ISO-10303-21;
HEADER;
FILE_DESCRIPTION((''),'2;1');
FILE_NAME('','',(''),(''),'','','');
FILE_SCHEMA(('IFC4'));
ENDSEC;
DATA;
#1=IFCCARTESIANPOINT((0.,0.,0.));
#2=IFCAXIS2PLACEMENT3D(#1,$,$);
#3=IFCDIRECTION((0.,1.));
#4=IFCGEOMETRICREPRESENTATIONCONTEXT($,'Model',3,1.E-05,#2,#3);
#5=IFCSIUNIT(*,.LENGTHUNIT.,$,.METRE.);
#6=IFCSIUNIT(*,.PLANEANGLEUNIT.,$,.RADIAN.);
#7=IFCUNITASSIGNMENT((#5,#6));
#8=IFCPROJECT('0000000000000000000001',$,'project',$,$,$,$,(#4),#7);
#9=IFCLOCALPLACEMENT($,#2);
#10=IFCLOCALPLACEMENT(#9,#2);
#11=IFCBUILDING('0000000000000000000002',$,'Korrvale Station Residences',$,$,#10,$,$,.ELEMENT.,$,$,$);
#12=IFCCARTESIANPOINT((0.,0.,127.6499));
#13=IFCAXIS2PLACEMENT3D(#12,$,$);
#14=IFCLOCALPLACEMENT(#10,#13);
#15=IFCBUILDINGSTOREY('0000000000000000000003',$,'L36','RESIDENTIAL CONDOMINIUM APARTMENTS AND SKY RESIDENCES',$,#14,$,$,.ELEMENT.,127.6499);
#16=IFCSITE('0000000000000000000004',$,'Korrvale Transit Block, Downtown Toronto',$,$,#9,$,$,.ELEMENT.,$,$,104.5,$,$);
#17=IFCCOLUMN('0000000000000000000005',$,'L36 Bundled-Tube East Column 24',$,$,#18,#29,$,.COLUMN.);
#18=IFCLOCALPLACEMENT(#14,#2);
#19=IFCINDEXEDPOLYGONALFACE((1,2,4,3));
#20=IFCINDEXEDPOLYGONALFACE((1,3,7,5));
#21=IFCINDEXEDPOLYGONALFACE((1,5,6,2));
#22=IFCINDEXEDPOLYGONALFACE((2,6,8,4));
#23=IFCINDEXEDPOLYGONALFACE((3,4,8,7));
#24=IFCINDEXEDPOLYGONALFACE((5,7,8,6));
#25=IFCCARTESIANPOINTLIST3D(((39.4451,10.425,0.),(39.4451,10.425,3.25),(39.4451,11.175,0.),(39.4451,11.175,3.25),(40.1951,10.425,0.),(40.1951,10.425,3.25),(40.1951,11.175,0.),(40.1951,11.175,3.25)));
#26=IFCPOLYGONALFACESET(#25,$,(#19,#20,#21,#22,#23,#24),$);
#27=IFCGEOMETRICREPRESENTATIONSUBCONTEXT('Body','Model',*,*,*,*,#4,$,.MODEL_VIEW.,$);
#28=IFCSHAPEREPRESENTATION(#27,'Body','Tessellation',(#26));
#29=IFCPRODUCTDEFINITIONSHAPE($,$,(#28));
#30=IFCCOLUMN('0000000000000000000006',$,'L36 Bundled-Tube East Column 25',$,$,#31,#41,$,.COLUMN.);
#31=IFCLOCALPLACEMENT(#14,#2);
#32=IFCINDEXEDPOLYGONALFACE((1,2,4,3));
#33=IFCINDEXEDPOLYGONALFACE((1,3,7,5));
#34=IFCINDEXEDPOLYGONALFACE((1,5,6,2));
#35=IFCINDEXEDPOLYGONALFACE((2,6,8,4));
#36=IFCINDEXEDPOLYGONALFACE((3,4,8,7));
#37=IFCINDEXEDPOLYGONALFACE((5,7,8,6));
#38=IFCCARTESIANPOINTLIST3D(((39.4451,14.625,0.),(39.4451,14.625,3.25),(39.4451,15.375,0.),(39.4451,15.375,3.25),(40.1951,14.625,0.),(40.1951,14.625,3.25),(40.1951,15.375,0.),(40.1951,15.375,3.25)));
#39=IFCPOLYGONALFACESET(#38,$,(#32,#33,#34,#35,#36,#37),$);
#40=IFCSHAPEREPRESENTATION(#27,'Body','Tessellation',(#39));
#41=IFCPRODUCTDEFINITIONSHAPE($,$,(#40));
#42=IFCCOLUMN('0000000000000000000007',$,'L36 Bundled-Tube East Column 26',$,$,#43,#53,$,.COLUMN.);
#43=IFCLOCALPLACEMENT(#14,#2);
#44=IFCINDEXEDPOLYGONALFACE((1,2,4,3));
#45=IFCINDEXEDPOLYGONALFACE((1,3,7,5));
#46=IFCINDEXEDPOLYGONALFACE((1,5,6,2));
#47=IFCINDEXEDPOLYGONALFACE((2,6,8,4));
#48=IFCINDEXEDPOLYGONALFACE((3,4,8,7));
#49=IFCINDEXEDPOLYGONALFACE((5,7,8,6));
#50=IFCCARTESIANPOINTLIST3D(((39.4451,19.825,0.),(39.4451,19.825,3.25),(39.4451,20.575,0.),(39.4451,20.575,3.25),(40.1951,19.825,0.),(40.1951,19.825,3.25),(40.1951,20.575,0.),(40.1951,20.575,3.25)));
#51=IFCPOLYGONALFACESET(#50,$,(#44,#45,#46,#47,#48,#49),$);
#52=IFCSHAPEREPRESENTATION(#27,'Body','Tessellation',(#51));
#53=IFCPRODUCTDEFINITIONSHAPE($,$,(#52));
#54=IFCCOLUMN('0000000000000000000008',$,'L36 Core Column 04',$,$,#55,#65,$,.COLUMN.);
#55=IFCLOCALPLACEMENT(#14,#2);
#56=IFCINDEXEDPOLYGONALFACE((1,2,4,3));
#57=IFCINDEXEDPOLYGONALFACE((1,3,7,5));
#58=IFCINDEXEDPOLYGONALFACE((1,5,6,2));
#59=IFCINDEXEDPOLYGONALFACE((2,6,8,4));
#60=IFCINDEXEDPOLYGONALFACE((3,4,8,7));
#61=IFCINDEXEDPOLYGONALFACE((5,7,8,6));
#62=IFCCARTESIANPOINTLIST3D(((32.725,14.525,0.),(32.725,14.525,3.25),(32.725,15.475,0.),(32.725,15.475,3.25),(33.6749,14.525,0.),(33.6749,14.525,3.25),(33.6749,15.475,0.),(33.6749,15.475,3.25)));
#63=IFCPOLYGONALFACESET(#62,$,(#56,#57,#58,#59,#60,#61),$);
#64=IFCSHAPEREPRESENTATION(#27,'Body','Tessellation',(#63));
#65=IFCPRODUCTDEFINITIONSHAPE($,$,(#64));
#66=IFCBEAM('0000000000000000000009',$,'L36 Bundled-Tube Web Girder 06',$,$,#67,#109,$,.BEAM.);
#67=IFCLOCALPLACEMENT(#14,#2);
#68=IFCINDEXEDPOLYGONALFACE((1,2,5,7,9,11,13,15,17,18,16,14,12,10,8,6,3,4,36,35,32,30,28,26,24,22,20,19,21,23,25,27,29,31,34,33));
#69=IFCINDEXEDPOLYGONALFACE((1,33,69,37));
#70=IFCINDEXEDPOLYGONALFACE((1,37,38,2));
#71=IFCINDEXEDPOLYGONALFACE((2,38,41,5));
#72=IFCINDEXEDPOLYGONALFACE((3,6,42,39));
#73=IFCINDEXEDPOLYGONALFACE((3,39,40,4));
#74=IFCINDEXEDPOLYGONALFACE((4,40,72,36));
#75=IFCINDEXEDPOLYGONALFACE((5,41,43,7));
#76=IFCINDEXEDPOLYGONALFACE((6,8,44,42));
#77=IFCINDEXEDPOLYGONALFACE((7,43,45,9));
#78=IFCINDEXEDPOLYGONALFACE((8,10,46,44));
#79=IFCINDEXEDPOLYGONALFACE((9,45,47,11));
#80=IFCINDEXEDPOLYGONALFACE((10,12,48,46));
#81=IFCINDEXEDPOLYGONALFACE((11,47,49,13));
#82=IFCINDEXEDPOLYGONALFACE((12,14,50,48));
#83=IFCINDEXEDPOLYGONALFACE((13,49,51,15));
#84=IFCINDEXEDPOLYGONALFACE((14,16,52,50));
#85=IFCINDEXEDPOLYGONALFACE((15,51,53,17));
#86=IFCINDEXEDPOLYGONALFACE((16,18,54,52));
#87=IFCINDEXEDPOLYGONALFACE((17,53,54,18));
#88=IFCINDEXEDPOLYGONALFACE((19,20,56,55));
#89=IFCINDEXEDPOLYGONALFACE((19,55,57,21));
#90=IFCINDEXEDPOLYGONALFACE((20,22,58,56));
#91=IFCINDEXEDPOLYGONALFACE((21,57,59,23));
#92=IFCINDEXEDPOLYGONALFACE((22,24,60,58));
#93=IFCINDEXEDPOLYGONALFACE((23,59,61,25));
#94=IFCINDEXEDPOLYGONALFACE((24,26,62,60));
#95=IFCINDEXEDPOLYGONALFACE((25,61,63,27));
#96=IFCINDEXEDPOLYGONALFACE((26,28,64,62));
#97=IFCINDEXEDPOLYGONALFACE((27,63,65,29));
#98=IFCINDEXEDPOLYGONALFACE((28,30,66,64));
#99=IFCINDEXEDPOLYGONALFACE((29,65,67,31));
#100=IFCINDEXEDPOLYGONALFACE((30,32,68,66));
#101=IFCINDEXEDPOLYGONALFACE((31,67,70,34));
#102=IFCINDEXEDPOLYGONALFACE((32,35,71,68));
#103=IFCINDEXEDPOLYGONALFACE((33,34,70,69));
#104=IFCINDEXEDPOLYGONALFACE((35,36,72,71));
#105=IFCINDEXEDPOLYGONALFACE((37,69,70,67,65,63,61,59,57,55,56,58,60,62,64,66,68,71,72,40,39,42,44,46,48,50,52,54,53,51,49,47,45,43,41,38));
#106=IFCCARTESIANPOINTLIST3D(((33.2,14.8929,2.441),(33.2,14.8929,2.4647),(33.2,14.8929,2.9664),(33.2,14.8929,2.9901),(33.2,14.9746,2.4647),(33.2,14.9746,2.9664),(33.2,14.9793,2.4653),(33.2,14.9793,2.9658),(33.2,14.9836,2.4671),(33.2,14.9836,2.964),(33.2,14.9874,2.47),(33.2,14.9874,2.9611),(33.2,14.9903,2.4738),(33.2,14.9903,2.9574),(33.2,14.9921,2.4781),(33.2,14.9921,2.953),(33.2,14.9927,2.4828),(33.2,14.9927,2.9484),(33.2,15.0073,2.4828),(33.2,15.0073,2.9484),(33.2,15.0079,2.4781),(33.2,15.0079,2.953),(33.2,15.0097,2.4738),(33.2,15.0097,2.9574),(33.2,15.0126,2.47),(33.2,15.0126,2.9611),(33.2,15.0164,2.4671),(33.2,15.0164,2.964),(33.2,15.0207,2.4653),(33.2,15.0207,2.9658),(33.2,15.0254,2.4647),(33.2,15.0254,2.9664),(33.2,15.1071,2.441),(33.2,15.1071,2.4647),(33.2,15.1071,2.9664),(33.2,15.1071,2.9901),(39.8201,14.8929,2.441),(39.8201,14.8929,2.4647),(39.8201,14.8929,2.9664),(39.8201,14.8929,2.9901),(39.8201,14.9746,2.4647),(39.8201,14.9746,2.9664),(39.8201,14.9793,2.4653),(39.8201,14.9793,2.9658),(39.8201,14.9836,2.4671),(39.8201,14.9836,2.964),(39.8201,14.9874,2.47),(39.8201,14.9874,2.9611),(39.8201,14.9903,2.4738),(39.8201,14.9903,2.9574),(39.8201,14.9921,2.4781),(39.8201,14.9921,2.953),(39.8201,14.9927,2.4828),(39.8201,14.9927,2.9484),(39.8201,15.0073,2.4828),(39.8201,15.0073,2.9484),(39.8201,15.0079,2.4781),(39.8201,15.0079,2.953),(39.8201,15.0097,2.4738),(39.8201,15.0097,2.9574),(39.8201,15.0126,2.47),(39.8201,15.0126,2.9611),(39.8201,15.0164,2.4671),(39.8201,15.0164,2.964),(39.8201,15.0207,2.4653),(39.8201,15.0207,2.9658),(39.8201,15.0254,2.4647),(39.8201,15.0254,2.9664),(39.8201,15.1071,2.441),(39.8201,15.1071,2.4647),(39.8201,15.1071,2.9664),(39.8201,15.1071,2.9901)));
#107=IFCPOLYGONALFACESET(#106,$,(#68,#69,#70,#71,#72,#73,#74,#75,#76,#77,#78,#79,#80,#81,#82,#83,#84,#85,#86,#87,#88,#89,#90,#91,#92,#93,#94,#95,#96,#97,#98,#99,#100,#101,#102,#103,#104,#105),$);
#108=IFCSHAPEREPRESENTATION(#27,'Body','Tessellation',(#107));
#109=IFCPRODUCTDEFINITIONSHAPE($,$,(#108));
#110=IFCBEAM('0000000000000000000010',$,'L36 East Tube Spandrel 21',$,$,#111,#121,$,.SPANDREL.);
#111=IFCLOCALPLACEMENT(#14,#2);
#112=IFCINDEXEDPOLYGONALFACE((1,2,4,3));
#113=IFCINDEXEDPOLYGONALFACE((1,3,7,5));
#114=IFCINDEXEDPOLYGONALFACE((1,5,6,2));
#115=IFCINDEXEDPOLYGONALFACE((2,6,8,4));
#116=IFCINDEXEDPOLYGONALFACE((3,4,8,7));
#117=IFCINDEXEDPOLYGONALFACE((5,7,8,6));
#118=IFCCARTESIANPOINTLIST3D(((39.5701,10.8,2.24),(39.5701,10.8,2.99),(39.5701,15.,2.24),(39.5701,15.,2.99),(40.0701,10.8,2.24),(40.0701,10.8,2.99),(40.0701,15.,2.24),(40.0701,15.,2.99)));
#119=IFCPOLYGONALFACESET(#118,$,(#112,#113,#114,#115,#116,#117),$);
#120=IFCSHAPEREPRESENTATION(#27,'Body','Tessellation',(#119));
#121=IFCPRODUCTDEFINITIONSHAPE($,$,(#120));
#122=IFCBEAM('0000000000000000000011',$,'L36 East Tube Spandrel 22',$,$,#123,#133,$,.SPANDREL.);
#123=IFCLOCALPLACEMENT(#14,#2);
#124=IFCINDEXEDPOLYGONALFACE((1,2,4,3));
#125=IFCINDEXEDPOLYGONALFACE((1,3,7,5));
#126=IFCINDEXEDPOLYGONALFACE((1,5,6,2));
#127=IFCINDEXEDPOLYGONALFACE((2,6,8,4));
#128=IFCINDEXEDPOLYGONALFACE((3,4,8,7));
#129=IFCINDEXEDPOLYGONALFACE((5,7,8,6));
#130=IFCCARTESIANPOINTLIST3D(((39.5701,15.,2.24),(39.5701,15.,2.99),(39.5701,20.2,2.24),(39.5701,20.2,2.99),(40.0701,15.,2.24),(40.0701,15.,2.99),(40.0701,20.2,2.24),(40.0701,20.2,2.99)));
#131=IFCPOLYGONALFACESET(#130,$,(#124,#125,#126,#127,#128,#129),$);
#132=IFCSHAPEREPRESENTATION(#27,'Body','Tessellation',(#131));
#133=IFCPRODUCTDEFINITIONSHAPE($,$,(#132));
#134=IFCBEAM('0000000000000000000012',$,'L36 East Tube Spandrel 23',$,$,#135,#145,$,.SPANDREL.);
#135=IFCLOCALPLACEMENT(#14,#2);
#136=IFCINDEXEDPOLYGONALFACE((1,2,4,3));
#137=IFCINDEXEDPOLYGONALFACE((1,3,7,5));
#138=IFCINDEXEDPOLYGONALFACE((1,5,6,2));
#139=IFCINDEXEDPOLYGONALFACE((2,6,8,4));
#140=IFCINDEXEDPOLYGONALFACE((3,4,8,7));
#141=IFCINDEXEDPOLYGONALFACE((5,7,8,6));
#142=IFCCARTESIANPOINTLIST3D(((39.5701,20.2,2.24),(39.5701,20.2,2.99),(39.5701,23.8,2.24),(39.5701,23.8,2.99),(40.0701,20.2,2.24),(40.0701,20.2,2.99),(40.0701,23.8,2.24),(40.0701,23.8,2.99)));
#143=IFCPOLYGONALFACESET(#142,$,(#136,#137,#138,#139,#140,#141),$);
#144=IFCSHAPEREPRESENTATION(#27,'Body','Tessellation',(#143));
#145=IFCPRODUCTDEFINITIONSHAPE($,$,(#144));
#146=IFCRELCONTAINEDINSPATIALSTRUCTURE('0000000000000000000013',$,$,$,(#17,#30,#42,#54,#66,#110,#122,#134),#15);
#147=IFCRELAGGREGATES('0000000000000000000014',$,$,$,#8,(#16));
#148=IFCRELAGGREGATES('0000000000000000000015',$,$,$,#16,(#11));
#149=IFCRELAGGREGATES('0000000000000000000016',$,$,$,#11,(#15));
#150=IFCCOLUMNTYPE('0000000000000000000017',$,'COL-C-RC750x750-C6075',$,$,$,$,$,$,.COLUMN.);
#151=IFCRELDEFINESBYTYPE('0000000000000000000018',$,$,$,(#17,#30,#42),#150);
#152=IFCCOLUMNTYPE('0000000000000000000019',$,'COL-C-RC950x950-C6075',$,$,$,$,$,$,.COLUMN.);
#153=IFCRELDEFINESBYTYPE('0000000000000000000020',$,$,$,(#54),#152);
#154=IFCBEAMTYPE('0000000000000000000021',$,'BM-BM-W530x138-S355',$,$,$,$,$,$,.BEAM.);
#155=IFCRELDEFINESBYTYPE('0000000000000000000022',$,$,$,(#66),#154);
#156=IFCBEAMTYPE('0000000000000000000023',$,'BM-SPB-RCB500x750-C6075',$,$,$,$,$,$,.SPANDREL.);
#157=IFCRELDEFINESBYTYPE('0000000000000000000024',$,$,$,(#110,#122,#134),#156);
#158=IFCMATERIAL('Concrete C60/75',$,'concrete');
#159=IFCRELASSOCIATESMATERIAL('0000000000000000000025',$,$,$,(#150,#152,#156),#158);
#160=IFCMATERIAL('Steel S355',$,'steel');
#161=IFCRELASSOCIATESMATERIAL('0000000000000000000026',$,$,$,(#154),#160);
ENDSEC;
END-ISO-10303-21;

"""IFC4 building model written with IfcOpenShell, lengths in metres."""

from ifc_helpers import new_model, si_unit, direction, frame, origin, origin_2d, place, context, subcontext, project, spatial, rectangle, i_section, extrude, material, material_profile, profile_set, type_object, element, save


model = new_model("IFC4")

# Units and contexts
model_context = context("Model", 3, precision=1e-05, world=origin(), true_north=direction((0.0, 1.0)))
body_context = subcontext(model_context, "Body", "Model", "MODEL_VIEW")
ifc_project = project(units=[si_unit("LENGTHUNIT", "METRE"), si_unit("PLANEANGLEUNIT", "RADIAN")], contexts=[model_context])

# Site, building, storey
site_placement = place(None, origin())
site = spatial("IfcSite", under=ifc_project, at=site_placement, Name="Korrvale Transit Block, Downtown Toronto", CompositionType="ELEMENT", RefElevation=104.5)
building_placement = place(site_placement, origin())
building = spatial("IfcBuilding", under=site, at=building_placement, Name="Korrvale Station Residences", CompositionType="ELEMENT")
storey_placement = place(building_placement, frame((0.0, 0.0, 127.6499)))
storey = spatial("IfcBuildingStorey", under=building, at=storey_placement, Name="L36", Description="RESIDENTIAL CONDOMINIUM APARTMENTS AND SKY RESIDENCES", CompositionType="ELEMENT", Elevation=127.6499)

# Columns
ifc_material_1 = material(Name="Concrete C60/75", Category="concrete")
ifc_material_profile_1 = material_profile(ifc_material_1, rectangle(XDim=0.75, YDim=0.75, at=origin_2d()), Name="RC750x750")
ifc_profile_set_1 = profile_set([ifc_material_profile_1], Name="Concrete C60/75")
column_type_1 = type_object("IfcColumnType", Name="COL-C-RC750x750-C6075", PredefinedType="COLUMN", material=ifc_profile_set_1)
for number, where, z_axis, x_axis, name in (
    (1, (39.8201, 10.8, 0.0), (0.0, 0.0, 1.0), (1.0, 0.0, 0.0), "L36 Bundled-Tube East Column 24"),
    (2, (39.8201, 15.0, 0.0), (0.0, 0.0, 1.0), (1.0, 0.0, 0.0), "L36 Bundled-Tube East Column 25"),
    (3, (39.8201, 20.2, 0.0), (0.0, 0.0, 1.0), (1.0, 0.0, 0.0), "L36 Bundled-Tube East Column 26"),
):
    element("IfcColumn", number, at=place(storey_placement, frame(where, z_axis=z_axis, x_axis=x_axis)), inside=storey, type_object=column_type_1, Name=name, PredefinedType="COLUMN", context=body_context, shape_type="SweptSolid", body=[
        extrude(rectangle(XDim=0.75, YDim=0.75, at=origin_2d()), origin(), (0.0, 0.0, 1.0), 3.25),
    ])
ifc_material_profile_2 = material_profile(ifc_material_1, rectangle(XDim=0.95, YDim=0.95, at=origin_2d()), Name="RC950x950")
ifc_profile_set_2 = profile_set([ifc_material_profile_2], Name="Concrete C60/75")
column_type_2 = type_object("IfcColumnType", Name="COL-C-RC950x950-C6075", PredefinedType="COLUMN", material=ifc_profile_set_2)
column_placement = place(storey_placement, frame((33.2, 15.0, 0.0), z_axis=(0.0, 0.0, 1.0), x_axis=(1.0, 0.0, 0.0)))
element("IfcColumn", 4, at=column_placement, inside=storey, type_object=column_type_2, Name="L36 Core Column 04", PredefinedType="COLUMN", context=body_context, shape_type="SweptSolid", body=[
    extrude(rectangle(XDim=0.95, YDim=0.95, at=origin_2d()), origin(), (0.0, 0.0, 1.0), 3.25),
])

# Beams
ifc_material_2 = material(Name="Steel S355", Category="steel")
ifc_material_profile_3 = material_profile(ifc_material_2, i_section(OverallWidth=0.2141, OverallDepth=0.5491, WebThickness=0.0146, FlangeThickness=0.0237, FilletRadius=0.0181, at=origin_2d()), Name="W530x138")
ifc_profile_set_3 = profile_set([ifc_material_profile_3], Name="Steel S355")
beam_type_1 = type_object("IfcBeamType", Name="BM-BM-W530x138-S355", PredefinedType="BEAM", material=ifc_profile_set_3)
beam_1_placement = place(storey_placement, frame((33.2, 15.0, 2.7156), z_axis=(1.0, 0.0, 0.0), x_axis=(0.0, 1.0, 0.0)))
element("IfcBeam", 5, at=beam_1_placement, inside=storey, type_object=beam_type_1, Name="L36 Bundled-Tube Web Girder 06", PredefinedType="BEAM", context=body_context, shape_type="SweptSolid", body=[
    extrude(i_section(OverallWidth=0.2141, OverallDepth=0.5491, WebThickness=0.0146, FlangeThickness=0.0237, FilletRadius=0.0181, at=origin_2d()), origin(), (0.0, 0.0, 1.0), 6.6201),
])
ifc_material_profile_4 = material_profile(ifc_material_1, rectangle(XDim=0.5, YDim=0.75, at=origin_2d()), Name="RCB500x750")
ifc_profile_set_4 = profile_set([ifc_material_profile_4], Name="Concrete C60/75")
beam_type_2 = type_object("IfcBeamType", Name="BM-SPB-RCB500x750-C6075", PredefinedType="SPANDREL", material=ifc_profile_set_4)
beam_2_placement = place(storey_placement, frame((39.8201, 10.8, 2.615), z_axis=(0.0, 1.0, 0.0), x_axis=(-1.0, 0.0, 0.0)))
element("IfcBeam", 6, at=beam_2_placement, inside=storey, type_object=beam_type_2, Name="L36 East Tube Spandrel 21", PredefinedType="SPANDREL", context=body_context, shape_type="SweptSolid", body=[
    extrude(rectangle(XDim=0.5, YDim=0.75, at=origin_2d()), origin(), (0.0, 0.0, 1.0), 4.2),
])
beam_3_placement = place(storey_placement, frame((39.8201, 15.0, 2.615), z_axis=(0.0, 1.0, 0.0), x_axis=(-1.0, 0.0, 0.0)))
element("IfcBeam", 7, at=beam_3_placement, inside=storey, type_object=beam_type_2, Name="L36 East Tube Spandrel 22", PredefinedType="SPANDREL", context=body_context, shape_type="SweptSolid", body=[
    extrude(rectangle(XDim=0.5, YDim=0.75, at=origin_2d()), origin(), (0.0, 0.0, 1.0), 5.2),
])
beam_4_placement = place(storey_placement, frame((39.8201, 20.2, 2.615), z_axis=(0.0, 1.0, 0.0), x_axis=(-1.0, 0.0, 0.0)))
element("IfcBeam", 8, at=beam_4_placement, inside=storey, type_object=beam_type_2, Name="L36 East Tube Spandrel 23", PredefinedType="SPANDREL", context=body_context, shape_type="SweptSolid", body=[
    extrude(rectangle(XDim=0.5, YDim=0.75, at=origin_2d()), origin(), (0.0, 0.0, 1.0), 3.6001),
])

save(model, "model.ifc")
